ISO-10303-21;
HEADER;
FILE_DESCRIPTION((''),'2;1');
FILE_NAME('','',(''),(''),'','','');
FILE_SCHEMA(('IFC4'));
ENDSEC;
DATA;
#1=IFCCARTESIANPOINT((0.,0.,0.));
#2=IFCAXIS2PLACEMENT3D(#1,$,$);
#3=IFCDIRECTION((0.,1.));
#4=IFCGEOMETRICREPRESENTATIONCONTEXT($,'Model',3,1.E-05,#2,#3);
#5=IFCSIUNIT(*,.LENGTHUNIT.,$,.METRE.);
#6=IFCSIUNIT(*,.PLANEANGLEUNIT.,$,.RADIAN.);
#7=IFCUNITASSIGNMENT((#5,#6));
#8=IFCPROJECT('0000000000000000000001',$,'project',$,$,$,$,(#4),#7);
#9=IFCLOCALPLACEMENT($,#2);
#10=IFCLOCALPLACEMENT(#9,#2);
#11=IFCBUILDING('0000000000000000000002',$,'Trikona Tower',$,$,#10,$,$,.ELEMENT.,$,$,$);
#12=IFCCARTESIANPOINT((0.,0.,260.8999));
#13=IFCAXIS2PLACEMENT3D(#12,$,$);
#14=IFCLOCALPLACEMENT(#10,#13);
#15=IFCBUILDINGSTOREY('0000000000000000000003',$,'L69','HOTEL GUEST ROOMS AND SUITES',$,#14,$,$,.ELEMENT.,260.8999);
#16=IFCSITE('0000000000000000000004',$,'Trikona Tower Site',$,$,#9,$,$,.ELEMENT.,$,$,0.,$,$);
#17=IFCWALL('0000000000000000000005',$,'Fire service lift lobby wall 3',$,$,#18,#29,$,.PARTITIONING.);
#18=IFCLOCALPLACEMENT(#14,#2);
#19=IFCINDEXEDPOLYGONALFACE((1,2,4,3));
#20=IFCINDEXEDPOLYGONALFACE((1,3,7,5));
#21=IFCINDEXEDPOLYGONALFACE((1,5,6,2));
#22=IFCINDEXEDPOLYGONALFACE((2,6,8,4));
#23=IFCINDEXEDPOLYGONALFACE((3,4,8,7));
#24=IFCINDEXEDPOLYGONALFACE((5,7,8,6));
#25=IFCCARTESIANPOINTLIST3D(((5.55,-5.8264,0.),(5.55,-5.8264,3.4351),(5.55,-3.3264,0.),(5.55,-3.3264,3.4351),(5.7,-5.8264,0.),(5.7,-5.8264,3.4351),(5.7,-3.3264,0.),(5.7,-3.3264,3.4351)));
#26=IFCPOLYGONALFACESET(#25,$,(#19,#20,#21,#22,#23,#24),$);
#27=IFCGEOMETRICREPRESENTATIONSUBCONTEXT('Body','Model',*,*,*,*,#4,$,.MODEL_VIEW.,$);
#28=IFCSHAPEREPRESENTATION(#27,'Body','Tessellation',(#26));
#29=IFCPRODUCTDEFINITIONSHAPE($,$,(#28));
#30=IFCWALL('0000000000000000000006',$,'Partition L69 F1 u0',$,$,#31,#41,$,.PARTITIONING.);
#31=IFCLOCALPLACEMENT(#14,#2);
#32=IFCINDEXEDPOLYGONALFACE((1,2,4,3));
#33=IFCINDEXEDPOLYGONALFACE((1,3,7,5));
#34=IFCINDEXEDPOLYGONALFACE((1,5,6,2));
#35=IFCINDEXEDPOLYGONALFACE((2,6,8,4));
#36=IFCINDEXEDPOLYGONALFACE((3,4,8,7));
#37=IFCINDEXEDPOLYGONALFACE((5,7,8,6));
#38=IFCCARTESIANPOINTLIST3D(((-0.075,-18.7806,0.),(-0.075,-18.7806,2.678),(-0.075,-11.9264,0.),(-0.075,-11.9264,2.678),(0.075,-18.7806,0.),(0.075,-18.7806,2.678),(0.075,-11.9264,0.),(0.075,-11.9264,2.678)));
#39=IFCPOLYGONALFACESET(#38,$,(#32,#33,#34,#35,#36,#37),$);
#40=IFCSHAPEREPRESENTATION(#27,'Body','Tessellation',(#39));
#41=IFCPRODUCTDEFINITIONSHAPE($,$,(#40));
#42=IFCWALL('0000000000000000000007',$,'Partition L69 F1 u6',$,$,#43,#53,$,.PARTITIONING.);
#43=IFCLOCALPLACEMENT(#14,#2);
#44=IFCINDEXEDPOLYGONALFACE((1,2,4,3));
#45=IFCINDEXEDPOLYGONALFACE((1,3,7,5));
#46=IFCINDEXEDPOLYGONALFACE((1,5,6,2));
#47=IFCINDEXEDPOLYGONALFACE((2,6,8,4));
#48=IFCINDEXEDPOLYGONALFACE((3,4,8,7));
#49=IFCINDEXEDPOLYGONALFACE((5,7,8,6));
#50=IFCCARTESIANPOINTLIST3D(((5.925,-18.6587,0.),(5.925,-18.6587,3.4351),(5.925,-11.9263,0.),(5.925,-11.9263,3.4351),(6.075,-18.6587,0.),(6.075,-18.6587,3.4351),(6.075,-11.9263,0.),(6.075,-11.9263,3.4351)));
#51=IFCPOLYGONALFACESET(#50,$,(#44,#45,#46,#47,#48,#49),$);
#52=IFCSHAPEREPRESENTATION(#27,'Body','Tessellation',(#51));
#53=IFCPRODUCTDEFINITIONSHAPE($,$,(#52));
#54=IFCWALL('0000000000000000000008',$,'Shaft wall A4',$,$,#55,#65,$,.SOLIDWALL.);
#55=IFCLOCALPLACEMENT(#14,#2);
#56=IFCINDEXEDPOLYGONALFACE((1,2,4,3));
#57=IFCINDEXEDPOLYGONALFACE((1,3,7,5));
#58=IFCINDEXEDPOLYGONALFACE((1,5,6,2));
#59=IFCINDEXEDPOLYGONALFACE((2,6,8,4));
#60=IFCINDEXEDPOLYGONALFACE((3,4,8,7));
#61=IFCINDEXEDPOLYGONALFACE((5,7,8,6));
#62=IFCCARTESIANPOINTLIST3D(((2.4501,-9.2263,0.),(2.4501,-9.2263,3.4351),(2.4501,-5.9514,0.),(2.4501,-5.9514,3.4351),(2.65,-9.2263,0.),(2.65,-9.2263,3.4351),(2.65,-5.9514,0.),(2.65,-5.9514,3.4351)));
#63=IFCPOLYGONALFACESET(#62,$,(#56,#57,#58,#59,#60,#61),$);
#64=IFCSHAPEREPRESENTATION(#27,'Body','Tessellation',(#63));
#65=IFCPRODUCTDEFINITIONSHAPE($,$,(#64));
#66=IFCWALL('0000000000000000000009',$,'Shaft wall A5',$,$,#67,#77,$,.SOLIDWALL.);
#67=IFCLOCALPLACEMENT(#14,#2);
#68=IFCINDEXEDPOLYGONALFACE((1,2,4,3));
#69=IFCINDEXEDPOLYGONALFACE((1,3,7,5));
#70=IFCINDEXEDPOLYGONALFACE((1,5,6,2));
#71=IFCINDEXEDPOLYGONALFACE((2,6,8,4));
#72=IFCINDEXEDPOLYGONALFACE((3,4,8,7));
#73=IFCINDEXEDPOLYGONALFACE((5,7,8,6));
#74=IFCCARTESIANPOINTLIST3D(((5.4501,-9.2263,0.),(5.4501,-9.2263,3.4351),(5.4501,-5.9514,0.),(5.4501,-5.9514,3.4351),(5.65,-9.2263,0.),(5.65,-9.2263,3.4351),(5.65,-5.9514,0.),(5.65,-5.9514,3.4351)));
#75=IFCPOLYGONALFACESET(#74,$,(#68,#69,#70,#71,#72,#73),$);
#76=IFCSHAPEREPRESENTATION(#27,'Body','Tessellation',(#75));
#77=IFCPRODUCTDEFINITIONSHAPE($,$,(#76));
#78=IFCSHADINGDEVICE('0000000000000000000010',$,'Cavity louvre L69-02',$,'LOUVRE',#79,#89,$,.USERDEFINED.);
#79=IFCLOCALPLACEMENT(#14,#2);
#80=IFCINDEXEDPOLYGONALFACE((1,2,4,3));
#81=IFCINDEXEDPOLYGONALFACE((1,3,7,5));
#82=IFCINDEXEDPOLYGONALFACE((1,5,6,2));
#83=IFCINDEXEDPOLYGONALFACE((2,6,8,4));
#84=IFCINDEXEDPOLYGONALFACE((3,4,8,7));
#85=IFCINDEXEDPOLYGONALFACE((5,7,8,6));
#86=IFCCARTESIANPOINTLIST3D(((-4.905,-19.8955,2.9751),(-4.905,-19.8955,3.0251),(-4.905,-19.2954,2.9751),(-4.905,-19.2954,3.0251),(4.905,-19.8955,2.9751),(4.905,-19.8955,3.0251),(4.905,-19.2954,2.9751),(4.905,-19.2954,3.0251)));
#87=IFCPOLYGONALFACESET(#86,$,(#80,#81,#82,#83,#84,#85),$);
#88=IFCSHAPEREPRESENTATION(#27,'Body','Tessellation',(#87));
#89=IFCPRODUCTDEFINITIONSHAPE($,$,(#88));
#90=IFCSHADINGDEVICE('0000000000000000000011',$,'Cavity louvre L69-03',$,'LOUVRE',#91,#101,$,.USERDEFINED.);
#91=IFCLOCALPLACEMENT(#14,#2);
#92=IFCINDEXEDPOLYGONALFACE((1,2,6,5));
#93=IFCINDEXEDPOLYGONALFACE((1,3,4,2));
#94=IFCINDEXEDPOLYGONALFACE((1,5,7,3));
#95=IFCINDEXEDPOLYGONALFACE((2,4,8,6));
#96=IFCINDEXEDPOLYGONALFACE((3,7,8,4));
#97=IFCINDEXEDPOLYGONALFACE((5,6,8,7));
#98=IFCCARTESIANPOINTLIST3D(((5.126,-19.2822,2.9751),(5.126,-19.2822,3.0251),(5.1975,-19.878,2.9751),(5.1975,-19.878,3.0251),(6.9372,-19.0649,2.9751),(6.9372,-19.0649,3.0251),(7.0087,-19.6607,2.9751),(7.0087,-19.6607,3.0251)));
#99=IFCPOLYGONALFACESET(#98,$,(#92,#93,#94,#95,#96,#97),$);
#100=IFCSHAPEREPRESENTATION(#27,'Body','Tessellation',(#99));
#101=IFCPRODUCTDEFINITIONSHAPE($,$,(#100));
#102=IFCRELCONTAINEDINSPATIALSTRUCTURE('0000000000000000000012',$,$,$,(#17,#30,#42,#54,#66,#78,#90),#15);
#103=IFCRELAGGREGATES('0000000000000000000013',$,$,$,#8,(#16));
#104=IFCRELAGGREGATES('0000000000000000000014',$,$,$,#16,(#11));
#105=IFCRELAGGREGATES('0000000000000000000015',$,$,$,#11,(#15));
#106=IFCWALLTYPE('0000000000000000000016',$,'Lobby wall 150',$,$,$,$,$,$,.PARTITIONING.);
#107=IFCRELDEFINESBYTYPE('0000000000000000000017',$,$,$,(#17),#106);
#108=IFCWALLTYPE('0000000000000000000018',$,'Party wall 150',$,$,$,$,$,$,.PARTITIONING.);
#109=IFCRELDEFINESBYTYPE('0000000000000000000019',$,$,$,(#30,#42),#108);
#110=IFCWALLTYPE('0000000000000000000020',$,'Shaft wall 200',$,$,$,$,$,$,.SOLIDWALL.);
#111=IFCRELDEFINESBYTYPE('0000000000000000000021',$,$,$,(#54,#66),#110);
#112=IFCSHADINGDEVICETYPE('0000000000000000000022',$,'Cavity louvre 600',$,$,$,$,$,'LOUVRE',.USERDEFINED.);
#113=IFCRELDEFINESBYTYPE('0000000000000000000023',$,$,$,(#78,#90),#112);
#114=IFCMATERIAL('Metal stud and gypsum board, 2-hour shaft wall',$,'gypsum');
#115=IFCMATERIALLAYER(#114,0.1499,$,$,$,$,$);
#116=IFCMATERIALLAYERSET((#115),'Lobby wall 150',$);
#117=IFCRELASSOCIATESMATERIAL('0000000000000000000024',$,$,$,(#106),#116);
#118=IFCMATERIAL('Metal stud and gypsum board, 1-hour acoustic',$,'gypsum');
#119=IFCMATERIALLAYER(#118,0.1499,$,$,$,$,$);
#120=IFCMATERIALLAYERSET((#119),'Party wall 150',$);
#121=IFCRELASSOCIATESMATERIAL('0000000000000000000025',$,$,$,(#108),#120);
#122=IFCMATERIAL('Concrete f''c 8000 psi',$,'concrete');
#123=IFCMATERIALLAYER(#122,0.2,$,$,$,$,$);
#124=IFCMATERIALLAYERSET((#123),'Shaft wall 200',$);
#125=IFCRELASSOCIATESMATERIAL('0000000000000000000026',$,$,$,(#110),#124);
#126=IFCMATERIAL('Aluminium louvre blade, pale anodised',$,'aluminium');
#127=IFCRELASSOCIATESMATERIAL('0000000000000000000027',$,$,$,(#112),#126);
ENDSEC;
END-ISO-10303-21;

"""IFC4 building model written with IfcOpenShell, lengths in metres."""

from ifc_helpers import new_model, si_unit, direction, frame, frame_2d, origin, origin_2d, place, context, subcontext, project, spatial, rectangle, extrude, material, layer, layer_set, type_object, element, save


model = new_model("IFC4")

# Units and contexts
model_context = context("Model", 3, precision=1e-05, world=origin(), true_north=direction((0.0, 1.0)))
body_context = subcontext(model_context, "Body", "Model", "MODEL_VIEW")
ifc_project = project(units=[si_unit("LENGTHUNIT", "METRE"), si_unit("PLANEANGLEUNIT", "RADIAN")], contexts=[model_context])

# Site, building, storey
site_placement = place(None, origin())
site = spatial("IfcSite", under=ifc_project, at=site_placement, Name="Trikona Tower Site", CompositionType="ELEMENT", RefElevation=0.0)
building_placement = place(site_placement, origin())
building = spatial("IfcBuilding", under=site, at=building_placement, Name="Trikona Tower", CompositionType="ELEMENT")
storey_placement = place(building_placement, frame((0.0, 0.0, 260.8999)))
storey = spatial("IfcBuildingStorey", under=building, at=storey_placement, Name="L69", Description="HOTEL GUEST ROOMS AND SUITES", CompositionType="ELEMENT", Elevation=260.8999)

# Walls
ifc_material_1 = material(Name="Metal stud and gypsum board, 2-hour shaft wall", Category="gypsum")
ifc_layer_1 = layer(ifc_material_1, 0.1499)
ifc_layer_set_1 = layer_set([ifc_layer_1], Name="Lobby wall 150")
wall_type_1 = type_object("IfcWallType", Name="Lobby wall 150", PredefinedType="PARTITIONING", material=ifc_layer_set_1)
wall_1_placement = place(storey_placement, frame((5.625, -5.8264, 0.0), z_axis=(0.0, 0.0, 1.0), x_axis=(0.0, 1.0, 0.0)))
element("IfcWall", 1, at=wall_1_placement, inside=storey, type_object=wall_type_1, Name="Fire service lift lobby wall 3", PredefinedType="PARTITIONING", context=body_context, shape_type="SweptSolid", body=[
    extrude(rectangle(XDim=2.5, YDim=0.1499, at=frame_2d((1.25, 0.0))), origin(), (0.0, 0.0, 1.0), 3.4351),
])
ifc_material_2 = material(Name="Metal stud and gypsum board, 1-hour acoustic", Category="gypsum")
ifc_layer_2 = layer(ifc_material_2, 0.1499)
ifc_layer_set_2 = layer_set([ifc_layer_2], Name="Party wall 150")
wall_type_2 = type_object("IfcWallType", Name="Party wall 150", PredefinedType="PARTITIONING", material=ifc_layer_set_2)
wall_2_placement = place(storey_placement, frame((0.0, -11.9263, 0.0), z_axis=(0.0, 0.0, 1.0), x_axis=(0.0, -1.0, 0.0)))
element("IfcWall", 2, at=wall_2_placement, inside=storey, type_object=wall_type_2, Name="Partition L69 F1 u0", PredefinedType="PARTITIONING", context=body_context, shape_type="SweptSolid", body=[
    extrude(rectangle(XDim=6.8542, YDim=0.1499, at=frame_2d((3.4272, 0.0))), origin(), (0.0, 0.0, 1.0), 2.678),
])
wall_3_placement = place(storey_placement, frame((6.0, -11.9263, 0.0), z_axis=(0.0, 0.0, 1.0), x_axis=(0.0, -1.0, 0.0)))
element("IfcWall", 3, at=wall_3_placement, inside=storey, type_object=wall_type_2, Name="Partition L69 F1 u6", PredefinedType="PARTITIONING", context=body_context, shape_type="SweptSolid", body=[
    extrude(rectangle(XDim=6.7324, YDim=0.1499, at=frame_2d((3.3662, 0.0))), origin(), (0.0, 0.0, 1.0), 3.4351),
])
ifc_material_3 = material(Name="Concrete f'c 8000 psi", Category="concrete")
ifc_layer_3 = layer(ifc_material_3, 0.2)
ifc_layer_set_3 = layer_set([ifc_layer_3], Name="Shaft wall 200")
wall_type_3 = type_object("IfcWallType", Name="Shaft wall 200", PredefinedType="SOLIDWALL", material=ifc_layer_set_3)
for number, where, z_axis, x_axis, name in (
    (4, (2.55, -5.9514, 0.0), (0.0, 0.0, 1.0), (0.0, -1.0, 0.0), "Shaft wall A4"),
    (5, (5.55, -5.9514, 0.0), (0.0, 0.0, 1.0), (0.0, -1.0, 0.0), "Shaft wall A5"),
):
    element("IfcWall", number, at=place(storey_placement, frame(where, z_axis=z_axis, x_axis=x_axis)), inside=storey, type_object=wall_type_3, Name=name, PredefinedType="SOLIDWALL", context=body_context, shape_type="SweptSolid", body=[
        extrude(rectangle(XDim=3.2749, YDim=0.2, at=frame_2d((1.6375, 0.0))), origin(), (0.0, 0.0, 1.0), 3.4351),
    ])

# Shading devices
ifc_material_4 = material(Name="Aluminium louvre blade, pale anodised", Category="aluminium")
shading_device_type = type_object("IfcShadingDeviceType", Name="Cavity louvre 600", ElementType="LOUVRE", PredefinedType="USERDEFINED", material=ifc_material_4)
shading_device_1_placement = place(storey_placement, frame((0.0, -19.5955, 2.9751), z_axis=(0.0, 0.0, 1.0), x_axis=(1.0, 0.0, 0.0)))
element("IfcShadingDevice", 6, at=shading_device_1_placement, inside=storey, type_object=shading_device_type, Name="Cavity louvre L69-02", ObjectType="LOUVRE", PredefinedType="USERDEFINED", context=body_context, shape_type="SweptSolid", body=[
    extrude(rectangle(XDim=9.8101, YDim=0.6001, at=origin_2d()), origin(), (0.0, 0.0, 1.0), 0.05),
])
shading_device_2_placement = place(storey_placement, frame((6.0674, -19.4714, 2.9751), z_axis=(0.0, 0.0, 1.0), x_axis=(0.992877, 0.119146, 0.0)))
element("IfcShadingDevice", 7, at=shading_device_2_placement, inside=storey, type_object=shading_device_type, Name="Cavity louvre L69-03", ObjectType="LOUVRE", PredefinedType="USERDEFINED", context=body_context, shape_type="SweptSolid", body=[
    extrude(rectangle(XDim=1.8242, YDim=0.6001, at=origin_2d()), origin(), (0.0, 0.0, 1.0), 0.05),
])

save(model, "model.ifc")
